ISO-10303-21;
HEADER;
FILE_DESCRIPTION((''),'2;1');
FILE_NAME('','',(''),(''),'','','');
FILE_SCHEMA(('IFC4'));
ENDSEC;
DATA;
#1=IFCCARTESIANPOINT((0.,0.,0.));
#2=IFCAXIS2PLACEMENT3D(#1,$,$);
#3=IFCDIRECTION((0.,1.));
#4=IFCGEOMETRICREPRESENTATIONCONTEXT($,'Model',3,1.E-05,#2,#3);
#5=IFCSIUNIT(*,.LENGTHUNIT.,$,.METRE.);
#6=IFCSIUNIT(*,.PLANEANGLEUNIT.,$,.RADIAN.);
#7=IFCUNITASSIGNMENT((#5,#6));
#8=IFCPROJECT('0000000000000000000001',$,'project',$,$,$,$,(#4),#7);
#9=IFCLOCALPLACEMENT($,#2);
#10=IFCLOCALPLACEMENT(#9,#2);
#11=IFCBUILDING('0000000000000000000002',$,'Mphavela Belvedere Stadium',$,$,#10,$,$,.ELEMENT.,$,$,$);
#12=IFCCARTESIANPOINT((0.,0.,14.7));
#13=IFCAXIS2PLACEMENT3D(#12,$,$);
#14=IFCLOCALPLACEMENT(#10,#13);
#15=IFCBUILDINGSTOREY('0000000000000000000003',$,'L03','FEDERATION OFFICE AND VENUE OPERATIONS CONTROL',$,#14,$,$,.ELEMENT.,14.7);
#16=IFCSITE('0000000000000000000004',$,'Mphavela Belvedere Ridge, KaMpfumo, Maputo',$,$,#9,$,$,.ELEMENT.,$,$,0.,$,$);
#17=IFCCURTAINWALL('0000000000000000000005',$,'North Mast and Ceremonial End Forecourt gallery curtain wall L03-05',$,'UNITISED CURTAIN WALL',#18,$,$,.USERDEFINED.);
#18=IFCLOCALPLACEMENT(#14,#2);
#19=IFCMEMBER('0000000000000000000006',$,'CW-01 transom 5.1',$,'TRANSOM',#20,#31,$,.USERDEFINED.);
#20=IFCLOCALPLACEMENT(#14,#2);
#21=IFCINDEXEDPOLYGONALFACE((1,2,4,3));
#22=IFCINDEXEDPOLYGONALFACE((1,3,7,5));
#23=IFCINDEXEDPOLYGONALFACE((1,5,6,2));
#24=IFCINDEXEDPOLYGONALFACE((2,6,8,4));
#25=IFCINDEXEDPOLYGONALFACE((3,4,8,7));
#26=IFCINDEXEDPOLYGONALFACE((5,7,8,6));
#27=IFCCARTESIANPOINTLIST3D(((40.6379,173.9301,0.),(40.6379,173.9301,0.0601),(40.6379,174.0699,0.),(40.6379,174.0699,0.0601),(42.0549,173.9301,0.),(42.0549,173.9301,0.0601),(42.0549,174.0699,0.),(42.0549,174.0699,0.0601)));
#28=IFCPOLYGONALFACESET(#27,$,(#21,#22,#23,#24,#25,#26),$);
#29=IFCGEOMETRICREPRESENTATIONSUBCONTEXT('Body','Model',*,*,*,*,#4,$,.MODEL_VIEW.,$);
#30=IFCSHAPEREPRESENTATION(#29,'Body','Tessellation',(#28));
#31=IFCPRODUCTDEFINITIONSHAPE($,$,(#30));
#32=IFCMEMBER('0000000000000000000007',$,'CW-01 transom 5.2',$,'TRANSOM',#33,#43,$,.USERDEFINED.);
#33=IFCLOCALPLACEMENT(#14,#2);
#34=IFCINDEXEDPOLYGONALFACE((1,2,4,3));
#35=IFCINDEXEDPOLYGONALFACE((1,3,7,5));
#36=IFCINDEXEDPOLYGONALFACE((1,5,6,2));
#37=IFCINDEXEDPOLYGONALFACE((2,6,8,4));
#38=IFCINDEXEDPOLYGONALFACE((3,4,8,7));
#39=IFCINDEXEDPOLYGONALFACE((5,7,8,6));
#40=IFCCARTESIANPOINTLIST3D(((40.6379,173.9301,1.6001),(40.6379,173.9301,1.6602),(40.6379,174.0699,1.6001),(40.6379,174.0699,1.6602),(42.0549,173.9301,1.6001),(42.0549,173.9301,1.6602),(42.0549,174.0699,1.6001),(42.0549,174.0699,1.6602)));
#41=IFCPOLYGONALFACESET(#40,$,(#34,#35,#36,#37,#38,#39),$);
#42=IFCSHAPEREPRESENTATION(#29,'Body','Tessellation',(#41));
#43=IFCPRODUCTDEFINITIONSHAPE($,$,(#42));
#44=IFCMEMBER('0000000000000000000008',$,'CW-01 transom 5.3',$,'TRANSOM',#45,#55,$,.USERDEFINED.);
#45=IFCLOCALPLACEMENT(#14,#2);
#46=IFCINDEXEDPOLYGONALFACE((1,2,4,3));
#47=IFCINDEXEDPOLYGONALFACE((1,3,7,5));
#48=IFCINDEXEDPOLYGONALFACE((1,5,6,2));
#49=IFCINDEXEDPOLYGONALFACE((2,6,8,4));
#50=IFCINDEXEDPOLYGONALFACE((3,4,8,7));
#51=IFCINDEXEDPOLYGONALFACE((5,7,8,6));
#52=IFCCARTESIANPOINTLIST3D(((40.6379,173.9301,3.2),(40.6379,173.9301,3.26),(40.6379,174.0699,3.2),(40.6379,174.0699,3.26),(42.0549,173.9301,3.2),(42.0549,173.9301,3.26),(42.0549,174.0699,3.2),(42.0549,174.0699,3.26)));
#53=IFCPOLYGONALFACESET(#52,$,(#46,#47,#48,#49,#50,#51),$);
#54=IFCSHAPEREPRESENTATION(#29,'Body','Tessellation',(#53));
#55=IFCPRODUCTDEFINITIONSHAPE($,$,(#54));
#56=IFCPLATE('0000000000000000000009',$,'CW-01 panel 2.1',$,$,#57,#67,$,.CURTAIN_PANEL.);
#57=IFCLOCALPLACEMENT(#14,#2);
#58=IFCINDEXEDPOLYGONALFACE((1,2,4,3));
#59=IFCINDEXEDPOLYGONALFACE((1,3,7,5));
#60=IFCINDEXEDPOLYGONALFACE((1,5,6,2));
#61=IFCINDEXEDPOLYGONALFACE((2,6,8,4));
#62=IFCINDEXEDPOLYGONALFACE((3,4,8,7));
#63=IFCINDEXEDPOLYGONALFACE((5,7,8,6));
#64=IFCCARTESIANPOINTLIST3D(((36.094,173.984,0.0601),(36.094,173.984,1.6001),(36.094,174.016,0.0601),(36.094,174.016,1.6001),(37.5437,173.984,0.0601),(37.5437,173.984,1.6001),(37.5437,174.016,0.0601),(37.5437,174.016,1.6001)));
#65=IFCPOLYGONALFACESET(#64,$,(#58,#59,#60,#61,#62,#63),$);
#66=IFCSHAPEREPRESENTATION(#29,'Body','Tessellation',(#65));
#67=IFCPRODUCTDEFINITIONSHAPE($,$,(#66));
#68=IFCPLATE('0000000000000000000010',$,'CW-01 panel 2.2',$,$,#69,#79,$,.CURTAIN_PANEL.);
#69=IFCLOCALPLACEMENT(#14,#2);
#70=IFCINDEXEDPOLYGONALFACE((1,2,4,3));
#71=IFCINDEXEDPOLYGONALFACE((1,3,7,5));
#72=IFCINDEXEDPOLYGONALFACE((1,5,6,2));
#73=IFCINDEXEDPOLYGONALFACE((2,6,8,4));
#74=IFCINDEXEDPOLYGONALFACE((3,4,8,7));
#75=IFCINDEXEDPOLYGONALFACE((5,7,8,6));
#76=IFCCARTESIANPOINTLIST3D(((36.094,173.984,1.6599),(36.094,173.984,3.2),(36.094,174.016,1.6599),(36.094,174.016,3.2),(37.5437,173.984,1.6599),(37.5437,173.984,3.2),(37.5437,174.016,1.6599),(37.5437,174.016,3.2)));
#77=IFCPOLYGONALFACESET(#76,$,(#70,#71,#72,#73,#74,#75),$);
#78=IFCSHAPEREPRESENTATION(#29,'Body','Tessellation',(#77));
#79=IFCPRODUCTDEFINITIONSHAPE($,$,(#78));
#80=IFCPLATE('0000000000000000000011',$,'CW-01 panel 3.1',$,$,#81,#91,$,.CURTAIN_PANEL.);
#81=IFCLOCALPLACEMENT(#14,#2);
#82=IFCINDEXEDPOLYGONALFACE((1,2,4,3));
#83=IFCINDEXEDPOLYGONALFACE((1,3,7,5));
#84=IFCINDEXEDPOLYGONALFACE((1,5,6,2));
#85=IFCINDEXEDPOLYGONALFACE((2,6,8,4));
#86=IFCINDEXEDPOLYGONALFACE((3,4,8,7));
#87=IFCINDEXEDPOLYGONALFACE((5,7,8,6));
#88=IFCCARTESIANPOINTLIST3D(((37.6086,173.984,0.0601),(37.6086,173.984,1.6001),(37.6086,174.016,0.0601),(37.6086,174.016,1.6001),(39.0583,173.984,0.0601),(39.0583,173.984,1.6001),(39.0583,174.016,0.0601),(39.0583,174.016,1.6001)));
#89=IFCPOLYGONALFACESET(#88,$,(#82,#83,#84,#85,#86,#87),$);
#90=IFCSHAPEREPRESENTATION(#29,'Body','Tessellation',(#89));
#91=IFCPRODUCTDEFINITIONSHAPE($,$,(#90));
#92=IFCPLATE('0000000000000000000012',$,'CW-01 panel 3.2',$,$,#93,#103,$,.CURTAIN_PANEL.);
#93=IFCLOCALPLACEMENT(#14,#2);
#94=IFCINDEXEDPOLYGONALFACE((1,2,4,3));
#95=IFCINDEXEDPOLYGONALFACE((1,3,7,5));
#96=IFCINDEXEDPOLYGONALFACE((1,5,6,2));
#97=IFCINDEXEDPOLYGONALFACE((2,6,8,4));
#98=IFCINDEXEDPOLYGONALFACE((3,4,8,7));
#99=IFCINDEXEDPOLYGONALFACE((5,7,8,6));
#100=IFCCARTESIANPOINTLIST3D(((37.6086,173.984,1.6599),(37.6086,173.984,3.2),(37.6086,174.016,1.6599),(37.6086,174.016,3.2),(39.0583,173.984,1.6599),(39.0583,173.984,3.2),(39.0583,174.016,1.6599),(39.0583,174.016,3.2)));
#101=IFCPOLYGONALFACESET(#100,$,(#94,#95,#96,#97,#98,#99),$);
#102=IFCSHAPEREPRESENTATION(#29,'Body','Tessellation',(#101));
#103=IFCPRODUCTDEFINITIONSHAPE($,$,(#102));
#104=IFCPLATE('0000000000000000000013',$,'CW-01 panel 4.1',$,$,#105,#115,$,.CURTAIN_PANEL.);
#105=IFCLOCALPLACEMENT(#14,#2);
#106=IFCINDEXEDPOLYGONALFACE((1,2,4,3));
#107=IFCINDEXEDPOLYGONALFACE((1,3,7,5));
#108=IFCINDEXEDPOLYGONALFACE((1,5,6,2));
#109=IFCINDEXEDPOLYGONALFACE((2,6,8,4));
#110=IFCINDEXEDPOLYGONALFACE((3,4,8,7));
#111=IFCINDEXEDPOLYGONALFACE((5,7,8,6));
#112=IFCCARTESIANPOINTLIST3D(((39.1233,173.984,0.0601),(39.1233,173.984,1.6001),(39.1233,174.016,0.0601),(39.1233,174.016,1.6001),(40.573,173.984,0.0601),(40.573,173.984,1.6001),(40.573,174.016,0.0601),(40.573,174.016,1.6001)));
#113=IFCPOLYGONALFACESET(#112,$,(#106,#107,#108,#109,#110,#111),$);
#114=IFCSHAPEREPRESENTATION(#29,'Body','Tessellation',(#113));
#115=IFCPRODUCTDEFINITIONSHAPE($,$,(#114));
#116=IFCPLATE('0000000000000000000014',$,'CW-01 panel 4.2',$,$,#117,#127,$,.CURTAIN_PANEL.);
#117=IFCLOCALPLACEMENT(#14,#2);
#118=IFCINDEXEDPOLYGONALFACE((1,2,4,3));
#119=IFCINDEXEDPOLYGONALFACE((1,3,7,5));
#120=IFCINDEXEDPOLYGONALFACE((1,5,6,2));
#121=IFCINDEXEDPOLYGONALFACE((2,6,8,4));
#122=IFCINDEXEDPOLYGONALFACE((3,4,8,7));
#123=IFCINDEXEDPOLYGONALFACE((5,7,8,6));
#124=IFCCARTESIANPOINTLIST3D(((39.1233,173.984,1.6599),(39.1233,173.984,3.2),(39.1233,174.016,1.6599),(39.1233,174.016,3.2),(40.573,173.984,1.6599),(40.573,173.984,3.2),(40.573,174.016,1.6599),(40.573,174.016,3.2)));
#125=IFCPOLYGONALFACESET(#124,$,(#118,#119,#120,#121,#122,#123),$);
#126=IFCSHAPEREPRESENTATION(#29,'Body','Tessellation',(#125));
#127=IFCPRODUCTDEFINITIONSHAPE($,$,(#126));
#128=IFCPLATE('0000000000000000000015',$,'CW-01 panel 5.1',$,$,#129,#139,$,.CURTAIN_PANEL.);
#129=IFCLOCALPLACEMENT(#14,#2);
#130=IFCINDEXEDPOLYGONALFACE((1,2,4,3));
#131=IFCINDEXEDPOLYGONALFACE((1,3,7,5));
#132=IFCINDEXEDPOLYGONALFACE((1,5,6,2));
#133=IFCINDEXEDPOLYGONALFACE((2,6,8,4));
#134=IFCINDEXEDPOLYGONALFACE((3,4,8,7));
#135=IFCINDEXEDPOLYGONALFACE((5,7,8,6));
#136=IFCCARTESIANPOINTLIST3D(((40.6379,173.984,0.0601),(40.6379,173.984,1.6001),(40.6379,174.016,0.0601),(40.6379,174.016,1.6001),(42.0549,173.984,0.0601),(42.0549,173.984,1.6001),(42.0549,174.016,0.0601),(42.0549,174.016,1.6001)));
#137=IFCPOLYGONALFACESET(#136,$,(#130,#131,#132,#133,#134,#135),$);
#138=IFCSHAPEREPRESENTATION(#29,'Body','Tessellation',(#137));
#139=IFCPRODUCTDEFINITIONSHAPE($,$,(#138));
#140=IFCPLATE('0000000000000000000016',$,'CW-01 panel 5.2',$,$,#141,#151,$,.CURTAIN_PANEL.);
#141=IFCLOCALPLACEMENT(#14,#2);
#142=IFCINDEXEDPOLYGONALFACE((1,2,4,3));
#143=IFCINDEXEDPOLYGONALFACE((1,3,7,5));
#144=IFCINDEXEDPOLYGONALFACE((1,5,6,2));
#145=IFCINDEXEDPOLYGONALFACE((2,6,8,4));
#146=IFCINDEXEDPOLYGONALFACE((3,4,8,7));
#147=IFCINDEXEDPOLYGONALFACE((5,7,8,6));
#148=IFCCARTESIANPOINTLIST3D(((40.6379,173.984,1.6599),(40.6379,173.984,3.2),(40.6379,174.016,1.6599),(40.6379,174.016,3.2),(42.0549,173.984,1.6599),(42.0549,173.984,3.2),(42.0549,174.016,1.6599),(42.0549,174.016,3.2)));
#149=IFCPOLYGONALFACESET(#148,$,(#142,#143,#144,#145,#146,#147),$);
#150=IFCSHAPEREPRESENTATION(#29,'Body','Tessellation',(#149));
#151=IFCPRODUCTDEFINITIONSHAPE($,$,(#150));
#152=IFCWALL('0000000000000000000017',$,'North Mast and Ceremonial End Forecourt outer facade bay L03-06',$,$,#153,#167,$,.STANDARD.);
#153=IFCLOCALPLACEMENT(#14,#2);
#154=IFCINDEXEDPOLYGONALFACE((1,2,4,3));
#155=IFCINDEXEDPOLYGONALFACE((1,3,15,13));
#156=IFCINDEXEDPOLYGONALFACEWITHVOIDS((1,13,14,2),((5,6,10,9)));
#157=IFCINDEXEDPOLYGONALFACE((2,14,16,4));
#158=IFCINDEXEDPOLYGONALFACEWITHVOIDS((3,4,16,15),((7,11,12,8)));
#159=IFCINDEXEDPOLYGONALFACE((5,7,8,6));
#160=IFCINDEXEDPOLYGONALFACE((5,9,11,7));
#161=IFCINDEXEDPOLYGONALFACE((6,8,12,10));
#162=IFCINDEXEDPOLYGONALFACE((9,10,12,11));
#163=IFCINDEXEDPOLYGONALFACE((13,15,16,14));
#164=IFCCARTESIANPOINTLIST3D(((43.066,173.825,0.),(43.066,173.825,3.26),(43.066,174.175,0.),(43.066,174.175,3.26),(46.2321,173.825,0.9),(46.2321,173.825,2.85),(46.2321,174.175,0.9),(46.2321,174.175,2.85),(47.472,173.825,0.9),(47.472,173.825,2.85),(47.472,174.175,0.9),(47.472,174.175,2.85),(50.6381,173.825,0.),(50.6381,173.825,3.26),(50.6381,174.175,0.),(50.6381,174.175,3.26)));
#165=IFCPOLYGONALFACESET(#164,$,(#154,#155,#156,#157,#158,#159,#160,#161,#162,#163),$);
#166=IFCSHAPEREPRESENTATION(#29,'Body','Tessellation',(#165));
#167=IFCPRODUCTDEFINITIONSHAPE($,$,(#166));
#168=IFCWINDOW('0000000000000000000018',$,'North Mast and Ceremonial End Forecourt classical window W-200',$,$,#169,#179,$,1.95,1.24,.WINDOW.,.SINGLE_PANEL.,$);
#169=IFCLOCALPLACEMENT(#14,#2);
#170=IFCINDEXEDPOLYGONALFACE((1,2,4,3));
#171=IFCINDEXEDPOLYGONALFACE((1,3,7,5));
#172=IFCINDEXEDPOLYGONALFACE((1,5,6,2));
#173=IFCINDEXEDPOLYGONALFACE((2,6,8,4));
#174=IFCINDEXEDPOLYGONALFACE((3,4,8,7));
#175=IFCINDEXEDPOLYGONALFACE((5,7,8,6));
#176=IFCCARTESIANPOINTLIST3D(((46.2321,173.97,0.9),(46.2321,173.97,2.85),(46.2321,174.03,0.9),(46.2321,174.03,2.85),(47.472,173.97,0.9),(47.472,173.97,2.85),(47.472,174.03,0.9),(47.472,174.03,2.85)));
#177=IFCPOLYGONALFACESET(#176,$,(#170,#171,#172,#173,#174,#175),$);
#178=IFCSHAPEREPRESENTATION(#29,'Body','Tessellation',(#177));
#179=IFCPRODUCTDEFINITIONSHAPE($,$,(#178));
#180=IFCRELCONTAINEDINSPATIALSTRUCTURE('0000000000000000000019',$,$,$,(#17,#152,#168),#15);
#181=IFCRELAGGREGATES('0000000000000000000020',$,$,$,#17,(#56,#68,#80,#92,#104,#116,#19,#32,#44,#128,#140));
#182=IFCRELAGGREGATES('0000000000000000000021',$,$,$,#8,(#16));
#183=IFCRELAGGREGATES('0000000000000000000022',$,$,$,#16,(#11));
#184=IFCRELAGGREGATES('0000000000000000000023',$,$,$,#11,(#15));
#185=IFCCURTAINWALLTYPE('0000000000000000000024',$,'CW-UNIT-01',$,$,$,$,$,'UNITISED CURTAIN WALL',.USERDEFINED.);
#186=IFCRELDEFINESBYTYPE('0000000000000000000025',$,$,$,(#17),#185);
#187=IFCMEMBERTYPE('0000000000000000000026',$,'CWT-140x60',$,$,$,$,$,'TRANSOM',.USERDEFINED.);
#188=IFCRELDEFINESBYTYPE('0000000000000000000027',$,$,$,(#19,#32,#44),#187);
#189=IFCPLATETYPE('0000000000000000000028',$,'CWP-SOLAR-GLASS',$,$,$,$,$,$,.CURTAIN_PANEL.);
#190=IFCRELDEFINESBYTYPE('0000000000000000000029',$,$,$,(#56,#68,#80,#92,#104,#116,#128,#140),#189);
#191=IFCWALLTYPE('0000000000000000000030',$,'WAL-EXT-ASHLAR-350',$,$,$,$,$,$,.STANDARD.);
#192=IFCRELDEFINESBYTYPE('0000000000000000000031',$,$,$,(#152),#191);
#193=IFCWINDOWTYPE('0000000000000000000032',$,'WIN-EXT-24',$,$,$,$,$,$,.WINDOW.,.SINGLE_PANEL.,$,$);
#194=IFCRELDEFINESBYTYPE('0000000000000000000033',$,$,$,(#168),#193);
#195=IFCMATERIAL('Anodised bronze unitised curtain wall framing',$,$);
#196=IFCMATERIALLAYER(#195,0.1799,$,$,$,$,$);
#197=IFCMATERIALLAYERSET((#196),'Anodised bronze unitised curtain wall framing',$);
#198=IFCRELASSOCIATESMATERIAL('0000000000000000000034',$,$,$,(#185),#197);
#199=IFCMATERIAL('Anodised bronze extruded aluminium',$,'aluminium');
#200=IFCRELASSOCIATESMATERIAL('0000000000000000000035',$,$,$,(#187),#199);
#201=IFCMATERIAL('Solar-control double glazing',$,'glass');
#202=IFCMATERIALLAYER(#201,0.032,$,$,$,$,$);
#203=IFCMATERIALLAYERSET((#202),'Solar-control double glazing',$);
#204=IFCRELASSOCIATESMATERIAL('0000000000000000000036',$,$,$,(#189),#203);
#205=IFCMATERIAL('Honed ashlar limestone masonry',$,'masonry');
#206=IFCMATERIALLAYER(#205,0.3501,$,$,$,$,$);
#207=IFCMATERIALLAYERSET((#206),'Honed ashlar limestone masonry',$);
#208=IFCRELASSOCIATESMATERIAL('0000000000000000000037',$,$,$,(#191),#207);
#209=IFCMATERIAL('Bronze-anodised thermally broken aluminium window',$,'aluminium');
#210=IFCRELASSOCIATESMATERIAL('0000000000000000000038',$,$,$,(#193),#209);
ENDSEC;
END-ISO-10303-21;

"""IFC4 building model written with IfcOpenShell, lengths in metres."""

from ifc_helpers import new_model, si_unit, direction, frame, frame_2d, origin, origin_2d, place, context, subcontext, project, spatial, rectangle, extrude, material, layer, layer_set, material_profile, profile_set, type_object, element, fill, aggregate, save


model = new_model("IFC4")

# Units and contexts
model_context = context("Model", 3, precision=1e-05, world=origin(), true_north=direction((0.0, 1.0)))
body_context = subcontext(model_context, "Body", "Model", "MODEL_VIEW")
ifc_project = project(units=[si_unit("LENGTHUNIT", "METRE"), si_unit("PLANEANGLEUNIT", "RADIAN")], contexts=[model_context])

# Site, building, storey
site_placement = place(None, origin())
site = spatial("IfcSite", under=ifc_project, at=site_placement, Name="Mphavela Belvedere Ridge, KaMpfumo, Maputo", CompositionType="ELEMENT", RefElevation=0.0)
building_placement = place(site_placement, origin())
building = spatial("IfcBuilding", under=site, at=building_placement, Name="Mphavela Belvedere Stadium", CompositionType="ELEMENT")
storey_placement = place(building_placement, frame((0.0, 0.0, 14.7)))
storey = spatial("IfcBuildingStorey", under=building, at=storey_placement, Name="L03", Description="FEDERATION OFFICE AND VENUE OPERATIONS CONTROL", CompositionType="ELEMENT", Elevation=14.7)

# Curtain wall, members, plates
ifc_material_1 = material(Name="Anodised bronze unitised curtain wall framing")
ifc_layer_1 = layer(ifc_material_1, 0.1799)
ifc_layer_set_1 = layer_set([ifc_layer_1], Name="Anodised bronze unitised curtain wall framing")
curtain_wall_type = type_object("IfcCurtainWallType", Name="CW-UNIT-01", ElementType="UNITISED CURTAIN WALL", PredefinedType="USERDEFINED", material=ifc_layer_set_1)
curtain_wall_placement = place(storey_placement, origin())
curtain_wall = element("IfcCurtainWall", 1, at=curtain_wall_placement, inside=storey, type_object=curtain_wall_type, Name="North Mast and Ceremonial End Forecourt gallery curtain wall L03-05", ObjectType="UNITISED CURTAIN WALL", PredefinedType="USERDEFINED")
ifc_material_2 = material(Name="Anodised bronze extruded aluminium", Category="aluminium")
ifc_material_profile_1 = material_profile(ifc_material_2, rectangle(XDim=0.1399, YDim=0.0601, at=origin_2d()), Name="CW-TRN 140x60")
ifc_profile_set_1 = profile_set([ifc_material_profile_1], Name="Anodised bronze extruded aluminium")
member_type_1 = type_object("IfcMemberType", Name="CWT-140x60", ElementType="TRANSOM", PredefinedType="USERDEFINED", material=ifc_profile_set_1)
member_1_placement = place(storey_placement, frame((40.6379, 174.0, 0.03), z_axis=(1.0, 0.0, 0.0), x_axis=(0.0, 1.0, 0.0)))
member_1 = element("IfcMember", 2, at=member_1_placement, type_object=member_type_1, Name="CW-01 transom 5.1", ObjectType="TRANSOM", PredefinedType="USERDEFINED", context=body_context, shape_type="SweptSolid", body=[
    extrude(rectangle(XDim=0.1399, YDim=0.0601, at=origin_2d()), origin(), (0.0, 0.0, 1.0), 1.417),
])
member_2_placement = place(storey_placement, frame((40.6379, 174.0, 1.6301), z_axis=(1.0, 0.0, 0.0), x_axis=(0.0, 1.0, 0.0)))
member_2 = element("IfcMember", 3, at=member_2_placement, type_object=member_type_1, Name="CW-01 transom 5.2", ObjectType="TRANSOM", PredefinedType="USERDEFINED", context=body_context, shape_type="SweptSolid", body=[
    extrude(rectangle(XDim=0.1399, YDim=0.0601, at=origin_2d()), origin(), (0.0, 0.0, 1.0), 1.417),
])
member_3_placement = place(storey_placement, frame((40.6379, 174.0, 3.23), z_axis=(1.0, 0.0, 0.0), x_axis=(0.0, 1.0, 0.0)))
member_3 = element("IfcMember", 4, at=member_3_placement, type_object=member_type_1, Name="CW-01 transom 5.3", ObjectType="TRANSOM", PredefinedType="USERDEFINED", context=body_context, shape_type="SweptSolid", body=[
    extrude(rectangle(XDim=0.1399, YDim=0.0601, at=origin_2d()), origin(), (0.0, 0.0, 1.0), 1.417),
])
ifc_material_3 = material(Name="Solar-control double glazing", Category="glass")
ifc_layer_2 = layer(ifc_material_3, 0.032)
ifc_layer_set_2 = layer_set([ifc_layer_2], Name="Solar-control double glazing")
plate_type = type_object("IfcPlateType", Name="CWP-SOLAR-GLASS", PredefinedType="CURTAIN_PANEL", material=ifc_layer_set_2)
plate_1_placement = place(storey_placement, frame((36.8188, 174.0, 0.0601), z_axis=(0.0, 0.0, 1.0), x_axis=(1.0, 0.0, 0.0)))
plate_1 = element("IfcPlate", 5, at=plate_1_placement, type_object=plate_type, Name="CW-01 panel 2.1", PredefinedType="CURTAIN_PANEL", context=body_context, shape_type="SweptSolid", body=[
    extrude(rectangle(XDim=1.4497, YDim=0.032, at=origin_2d()), origin(), (0.0, 0.0, 1.0), 1.54),
])
plate_2_placement = place(storey_placement, frame((36.8188, 174.0, 1.6599), z_axis=(0.0, 0.0, 1.0), x_axis=(1.0, 0.0, 0.0)))
plate_2 = element("IfcPlate", 6, at=plate_2_placement, type_object=plate_type, Name="CW-01 panel 2.2", PredefinedType="CURTAIN_PANEL", context=body_context, shape_type="SweptSolid", body=[
    extrude(rectangle(XDim=1.4497, YDim=0.032, at=origin_2d()), origin(), (0.0, 0.0, 1.0), 1.54),
])
plate_3_placement = place(storey_placement, frame((38.3335, 174.0, 0.0601), z_axis=(0.0, 0.0, 1.0), x_axis=(1.0, 0.0, 0.0)))
plate_3 = element("IfcPlate", 7, at=plate_3_placement, type_object=plate_type, Name="CW-01 panel 3.1", PredefinedType="CURTAIN_PANEL", context=body_context, shape_type="SweptSolid", body=[
    extrude(rectangle(XDim=1.4497, YDim=0.032, at=origin_2d()), origin(), (0.0, 0.0, 1.0), 1.54),
])
plate_4_placement = place(storey_placement, frame((38.3335, 174.0, 1.6599), z_axis=(0.0, 0.0, 1.0), x_axis=(1.0, 0.0, 0.0)))
plate_4 = element("IfcPlate", 8, at=plate_4_placement, type_object=plate_type, Name="CW-01 panel 3.2", PredefinedType="CURTAIN_PANEL", context=body_context, shape_type="SweptSolid", body=[
    extrude(rectangle(XDim=1.4497, YDim=0.032, at=origin_2d()), origin(), (0.0, 0.0, 1.0), 1.54),
])
plate_5_placement = place(storey_placement, frame((39.8481, 174.0, 0.0601), z_axis=(0.0, 0.0, 1.0), x_axis=(1.0, 0.0, 0.0)))
plate_5 = element("IfcPlate", 9, at=plate_5_placement, type_object=plate_type, Name="CW-01 panel 4.1", PredefinedType="CURTAIN_PANEL", context=body_context, shape_type="SweptSolid", body=[
    extrude(rectangle(XDim=1.4497, YDim=0.032, at=origin_2d()), origin(), (0.0, 0.0, 1.0), 1.54),
])
plate_6_placement = place(storey_placement, frame((39.8481, 174.0, 1.6599), z_axis=(0.0, 0.0, 1.0), x_axis=(1.0, 0.0, 0.0)))
plate_6 = element("IfcPlate", 10, at=plate_6_placement, type_object=plate_type, Name="CW-01 panel 4.2", PredefinedType="CURTAIN_PANEL", context=body_context, shape_type="SweptSolid", body=[
    extrude(rectangle(XDim=1.4497, YDim=0.032, at=origin_2d()), origin(), (0.0, 0.0, 1.0), 1.54),
])
plate_7_placement = place(storey_placement, frame((41.3464, 174.0, 0.0601), z_axis=(0.0, 0.0, 1.0), x_axis=(1.0, 0.0, 0.0)))
plate_7 = element("IfcPlate", 11, at=plate_7_placement, type_object=plate_type, Name="CW-01 panel 5.1", PredefinedType="CURTAIN_PANEL", context=body_context, shape_type="SweptSolid", body=[
    extrude(rectangle(XDim=1.417, YDim=0.032, at=origin_2d()), origin(), (0.0, 0.0, 1.0), 1.54),
])
plate_8_placement = place(storey_placement, frame((41.3464, 174.0, 1.6599), z_axis=(0.0, 0.0, 1.0), x_axis=(1.0, 0.0, 0.0)))
plate_8 = element("IfcPlate", 12, at=plate_8_placement, type_object=plate_type, Name="CW-01 panel 5.2", PredefinedType="CURTAIN_PANEL", context=body_context, shape_type="SweptSolid", body=[
    extrude(rectangle(XDim=1.417, YDim=0.032, at=origin_2d()), origin(), (0.0, 0.0, 1.0), 1.54),
])
aggregate(curtain_wall, [plate_1, plate_2, plate_3, plate_4, plate_5, plate_6, member_1, member_2, member_3, plate_7, plate_8])

# Wall, opening, window
ifc_material_4 = material(Name="Honed ashlar limestone masonry", Category="masonry")
ifc_layer_3 = layer(ifc_material_4, 0.3501)
ifc_layer_set_3 = layer_set([ifc_layer_3], Name="Honed ashlar limestone masonry")
wall_type = type_object("IfcWallType", Name="WAL-EXT-ASHLAR-350", PredefinedType="STANDARD", material=ifc_layer_set_3)
wall_placement = place(storey_placement, frame((43.0659, 174.0, 0.0), z_axis=(0.0, 0.0, 1.0), x_axis=(1.0, 0.0, 0.0)))
wall = element("IfcWall", 13, at=wall_placement, inside=storey, type_object=wall_type, Name="North Mast and Ceremonial End Forecourt outer facade bay L03-06", PredefinedType="STANDARD", context=body_context, shape_type="SweptSolid", body=[
    extrude(rectangle(XDim=7.572, YDim=0.3501, at=frame_2d((3.7861, 0.0))), origin(), (0.0, 0.0, 1.0), 3.26),
])
opening_placement = place(wall_placement, frame((3.166, 0.0, 0.8999)))
opening = element("IfcOpeningElement", 14, at=opening_placement, cuts=wall, PredefinedType="OPENING", context=body_context, shape_type="SweptSolid", body=[
    extrude(rectangle(XDim=1.24, YDim=1.95, at=frame_2d((0.6201, 0.9751))), frame((0.0, 0.1851, 0.0), z_axis=(0.0, -1.0, 0.0), x_axis=(1.0, 0.0, 0.0)), (0.0, 0.0, 1.0), 0.3701),
])
ifc_material_5 = material(Name="Bronze-anodised thermally broken aluminium window", Category="aluminium")
window_type = type_object("IfcWindowType", Name="WIN-EXT-24", PartitioningType="SINGLE_PANEL", PredefinedType="WINDOW", material=ifc_material_5)
window_placement = place(opening_placement, origin())
window = element("IfcWindow", 15, at=window_placement, inside=storey, type_object=window_type, Name="North Mast and Ceremonial End Forecourt classical window W-200", OverallHeight=1.95, OverallWidth=1.24, PartitioningType="SINGLE_PANEL", PredefinedType="WINDOW", context=body_context, shape_type="SweptSolid", body=[
    extrude(rectangle(XDim=1.24, YDim=1.95, at=frame_2d((0.6201, 0.9751))), frame((0.0, 0.03, 0.0), z_axis=(0.0, -1.0, 0.0), x_axis=(1.0, 0.0, 0.0)), (0.0, 0.0, 1.0), 0.0601),
])
fill(opening, window)

save(model, "model.ifc")
